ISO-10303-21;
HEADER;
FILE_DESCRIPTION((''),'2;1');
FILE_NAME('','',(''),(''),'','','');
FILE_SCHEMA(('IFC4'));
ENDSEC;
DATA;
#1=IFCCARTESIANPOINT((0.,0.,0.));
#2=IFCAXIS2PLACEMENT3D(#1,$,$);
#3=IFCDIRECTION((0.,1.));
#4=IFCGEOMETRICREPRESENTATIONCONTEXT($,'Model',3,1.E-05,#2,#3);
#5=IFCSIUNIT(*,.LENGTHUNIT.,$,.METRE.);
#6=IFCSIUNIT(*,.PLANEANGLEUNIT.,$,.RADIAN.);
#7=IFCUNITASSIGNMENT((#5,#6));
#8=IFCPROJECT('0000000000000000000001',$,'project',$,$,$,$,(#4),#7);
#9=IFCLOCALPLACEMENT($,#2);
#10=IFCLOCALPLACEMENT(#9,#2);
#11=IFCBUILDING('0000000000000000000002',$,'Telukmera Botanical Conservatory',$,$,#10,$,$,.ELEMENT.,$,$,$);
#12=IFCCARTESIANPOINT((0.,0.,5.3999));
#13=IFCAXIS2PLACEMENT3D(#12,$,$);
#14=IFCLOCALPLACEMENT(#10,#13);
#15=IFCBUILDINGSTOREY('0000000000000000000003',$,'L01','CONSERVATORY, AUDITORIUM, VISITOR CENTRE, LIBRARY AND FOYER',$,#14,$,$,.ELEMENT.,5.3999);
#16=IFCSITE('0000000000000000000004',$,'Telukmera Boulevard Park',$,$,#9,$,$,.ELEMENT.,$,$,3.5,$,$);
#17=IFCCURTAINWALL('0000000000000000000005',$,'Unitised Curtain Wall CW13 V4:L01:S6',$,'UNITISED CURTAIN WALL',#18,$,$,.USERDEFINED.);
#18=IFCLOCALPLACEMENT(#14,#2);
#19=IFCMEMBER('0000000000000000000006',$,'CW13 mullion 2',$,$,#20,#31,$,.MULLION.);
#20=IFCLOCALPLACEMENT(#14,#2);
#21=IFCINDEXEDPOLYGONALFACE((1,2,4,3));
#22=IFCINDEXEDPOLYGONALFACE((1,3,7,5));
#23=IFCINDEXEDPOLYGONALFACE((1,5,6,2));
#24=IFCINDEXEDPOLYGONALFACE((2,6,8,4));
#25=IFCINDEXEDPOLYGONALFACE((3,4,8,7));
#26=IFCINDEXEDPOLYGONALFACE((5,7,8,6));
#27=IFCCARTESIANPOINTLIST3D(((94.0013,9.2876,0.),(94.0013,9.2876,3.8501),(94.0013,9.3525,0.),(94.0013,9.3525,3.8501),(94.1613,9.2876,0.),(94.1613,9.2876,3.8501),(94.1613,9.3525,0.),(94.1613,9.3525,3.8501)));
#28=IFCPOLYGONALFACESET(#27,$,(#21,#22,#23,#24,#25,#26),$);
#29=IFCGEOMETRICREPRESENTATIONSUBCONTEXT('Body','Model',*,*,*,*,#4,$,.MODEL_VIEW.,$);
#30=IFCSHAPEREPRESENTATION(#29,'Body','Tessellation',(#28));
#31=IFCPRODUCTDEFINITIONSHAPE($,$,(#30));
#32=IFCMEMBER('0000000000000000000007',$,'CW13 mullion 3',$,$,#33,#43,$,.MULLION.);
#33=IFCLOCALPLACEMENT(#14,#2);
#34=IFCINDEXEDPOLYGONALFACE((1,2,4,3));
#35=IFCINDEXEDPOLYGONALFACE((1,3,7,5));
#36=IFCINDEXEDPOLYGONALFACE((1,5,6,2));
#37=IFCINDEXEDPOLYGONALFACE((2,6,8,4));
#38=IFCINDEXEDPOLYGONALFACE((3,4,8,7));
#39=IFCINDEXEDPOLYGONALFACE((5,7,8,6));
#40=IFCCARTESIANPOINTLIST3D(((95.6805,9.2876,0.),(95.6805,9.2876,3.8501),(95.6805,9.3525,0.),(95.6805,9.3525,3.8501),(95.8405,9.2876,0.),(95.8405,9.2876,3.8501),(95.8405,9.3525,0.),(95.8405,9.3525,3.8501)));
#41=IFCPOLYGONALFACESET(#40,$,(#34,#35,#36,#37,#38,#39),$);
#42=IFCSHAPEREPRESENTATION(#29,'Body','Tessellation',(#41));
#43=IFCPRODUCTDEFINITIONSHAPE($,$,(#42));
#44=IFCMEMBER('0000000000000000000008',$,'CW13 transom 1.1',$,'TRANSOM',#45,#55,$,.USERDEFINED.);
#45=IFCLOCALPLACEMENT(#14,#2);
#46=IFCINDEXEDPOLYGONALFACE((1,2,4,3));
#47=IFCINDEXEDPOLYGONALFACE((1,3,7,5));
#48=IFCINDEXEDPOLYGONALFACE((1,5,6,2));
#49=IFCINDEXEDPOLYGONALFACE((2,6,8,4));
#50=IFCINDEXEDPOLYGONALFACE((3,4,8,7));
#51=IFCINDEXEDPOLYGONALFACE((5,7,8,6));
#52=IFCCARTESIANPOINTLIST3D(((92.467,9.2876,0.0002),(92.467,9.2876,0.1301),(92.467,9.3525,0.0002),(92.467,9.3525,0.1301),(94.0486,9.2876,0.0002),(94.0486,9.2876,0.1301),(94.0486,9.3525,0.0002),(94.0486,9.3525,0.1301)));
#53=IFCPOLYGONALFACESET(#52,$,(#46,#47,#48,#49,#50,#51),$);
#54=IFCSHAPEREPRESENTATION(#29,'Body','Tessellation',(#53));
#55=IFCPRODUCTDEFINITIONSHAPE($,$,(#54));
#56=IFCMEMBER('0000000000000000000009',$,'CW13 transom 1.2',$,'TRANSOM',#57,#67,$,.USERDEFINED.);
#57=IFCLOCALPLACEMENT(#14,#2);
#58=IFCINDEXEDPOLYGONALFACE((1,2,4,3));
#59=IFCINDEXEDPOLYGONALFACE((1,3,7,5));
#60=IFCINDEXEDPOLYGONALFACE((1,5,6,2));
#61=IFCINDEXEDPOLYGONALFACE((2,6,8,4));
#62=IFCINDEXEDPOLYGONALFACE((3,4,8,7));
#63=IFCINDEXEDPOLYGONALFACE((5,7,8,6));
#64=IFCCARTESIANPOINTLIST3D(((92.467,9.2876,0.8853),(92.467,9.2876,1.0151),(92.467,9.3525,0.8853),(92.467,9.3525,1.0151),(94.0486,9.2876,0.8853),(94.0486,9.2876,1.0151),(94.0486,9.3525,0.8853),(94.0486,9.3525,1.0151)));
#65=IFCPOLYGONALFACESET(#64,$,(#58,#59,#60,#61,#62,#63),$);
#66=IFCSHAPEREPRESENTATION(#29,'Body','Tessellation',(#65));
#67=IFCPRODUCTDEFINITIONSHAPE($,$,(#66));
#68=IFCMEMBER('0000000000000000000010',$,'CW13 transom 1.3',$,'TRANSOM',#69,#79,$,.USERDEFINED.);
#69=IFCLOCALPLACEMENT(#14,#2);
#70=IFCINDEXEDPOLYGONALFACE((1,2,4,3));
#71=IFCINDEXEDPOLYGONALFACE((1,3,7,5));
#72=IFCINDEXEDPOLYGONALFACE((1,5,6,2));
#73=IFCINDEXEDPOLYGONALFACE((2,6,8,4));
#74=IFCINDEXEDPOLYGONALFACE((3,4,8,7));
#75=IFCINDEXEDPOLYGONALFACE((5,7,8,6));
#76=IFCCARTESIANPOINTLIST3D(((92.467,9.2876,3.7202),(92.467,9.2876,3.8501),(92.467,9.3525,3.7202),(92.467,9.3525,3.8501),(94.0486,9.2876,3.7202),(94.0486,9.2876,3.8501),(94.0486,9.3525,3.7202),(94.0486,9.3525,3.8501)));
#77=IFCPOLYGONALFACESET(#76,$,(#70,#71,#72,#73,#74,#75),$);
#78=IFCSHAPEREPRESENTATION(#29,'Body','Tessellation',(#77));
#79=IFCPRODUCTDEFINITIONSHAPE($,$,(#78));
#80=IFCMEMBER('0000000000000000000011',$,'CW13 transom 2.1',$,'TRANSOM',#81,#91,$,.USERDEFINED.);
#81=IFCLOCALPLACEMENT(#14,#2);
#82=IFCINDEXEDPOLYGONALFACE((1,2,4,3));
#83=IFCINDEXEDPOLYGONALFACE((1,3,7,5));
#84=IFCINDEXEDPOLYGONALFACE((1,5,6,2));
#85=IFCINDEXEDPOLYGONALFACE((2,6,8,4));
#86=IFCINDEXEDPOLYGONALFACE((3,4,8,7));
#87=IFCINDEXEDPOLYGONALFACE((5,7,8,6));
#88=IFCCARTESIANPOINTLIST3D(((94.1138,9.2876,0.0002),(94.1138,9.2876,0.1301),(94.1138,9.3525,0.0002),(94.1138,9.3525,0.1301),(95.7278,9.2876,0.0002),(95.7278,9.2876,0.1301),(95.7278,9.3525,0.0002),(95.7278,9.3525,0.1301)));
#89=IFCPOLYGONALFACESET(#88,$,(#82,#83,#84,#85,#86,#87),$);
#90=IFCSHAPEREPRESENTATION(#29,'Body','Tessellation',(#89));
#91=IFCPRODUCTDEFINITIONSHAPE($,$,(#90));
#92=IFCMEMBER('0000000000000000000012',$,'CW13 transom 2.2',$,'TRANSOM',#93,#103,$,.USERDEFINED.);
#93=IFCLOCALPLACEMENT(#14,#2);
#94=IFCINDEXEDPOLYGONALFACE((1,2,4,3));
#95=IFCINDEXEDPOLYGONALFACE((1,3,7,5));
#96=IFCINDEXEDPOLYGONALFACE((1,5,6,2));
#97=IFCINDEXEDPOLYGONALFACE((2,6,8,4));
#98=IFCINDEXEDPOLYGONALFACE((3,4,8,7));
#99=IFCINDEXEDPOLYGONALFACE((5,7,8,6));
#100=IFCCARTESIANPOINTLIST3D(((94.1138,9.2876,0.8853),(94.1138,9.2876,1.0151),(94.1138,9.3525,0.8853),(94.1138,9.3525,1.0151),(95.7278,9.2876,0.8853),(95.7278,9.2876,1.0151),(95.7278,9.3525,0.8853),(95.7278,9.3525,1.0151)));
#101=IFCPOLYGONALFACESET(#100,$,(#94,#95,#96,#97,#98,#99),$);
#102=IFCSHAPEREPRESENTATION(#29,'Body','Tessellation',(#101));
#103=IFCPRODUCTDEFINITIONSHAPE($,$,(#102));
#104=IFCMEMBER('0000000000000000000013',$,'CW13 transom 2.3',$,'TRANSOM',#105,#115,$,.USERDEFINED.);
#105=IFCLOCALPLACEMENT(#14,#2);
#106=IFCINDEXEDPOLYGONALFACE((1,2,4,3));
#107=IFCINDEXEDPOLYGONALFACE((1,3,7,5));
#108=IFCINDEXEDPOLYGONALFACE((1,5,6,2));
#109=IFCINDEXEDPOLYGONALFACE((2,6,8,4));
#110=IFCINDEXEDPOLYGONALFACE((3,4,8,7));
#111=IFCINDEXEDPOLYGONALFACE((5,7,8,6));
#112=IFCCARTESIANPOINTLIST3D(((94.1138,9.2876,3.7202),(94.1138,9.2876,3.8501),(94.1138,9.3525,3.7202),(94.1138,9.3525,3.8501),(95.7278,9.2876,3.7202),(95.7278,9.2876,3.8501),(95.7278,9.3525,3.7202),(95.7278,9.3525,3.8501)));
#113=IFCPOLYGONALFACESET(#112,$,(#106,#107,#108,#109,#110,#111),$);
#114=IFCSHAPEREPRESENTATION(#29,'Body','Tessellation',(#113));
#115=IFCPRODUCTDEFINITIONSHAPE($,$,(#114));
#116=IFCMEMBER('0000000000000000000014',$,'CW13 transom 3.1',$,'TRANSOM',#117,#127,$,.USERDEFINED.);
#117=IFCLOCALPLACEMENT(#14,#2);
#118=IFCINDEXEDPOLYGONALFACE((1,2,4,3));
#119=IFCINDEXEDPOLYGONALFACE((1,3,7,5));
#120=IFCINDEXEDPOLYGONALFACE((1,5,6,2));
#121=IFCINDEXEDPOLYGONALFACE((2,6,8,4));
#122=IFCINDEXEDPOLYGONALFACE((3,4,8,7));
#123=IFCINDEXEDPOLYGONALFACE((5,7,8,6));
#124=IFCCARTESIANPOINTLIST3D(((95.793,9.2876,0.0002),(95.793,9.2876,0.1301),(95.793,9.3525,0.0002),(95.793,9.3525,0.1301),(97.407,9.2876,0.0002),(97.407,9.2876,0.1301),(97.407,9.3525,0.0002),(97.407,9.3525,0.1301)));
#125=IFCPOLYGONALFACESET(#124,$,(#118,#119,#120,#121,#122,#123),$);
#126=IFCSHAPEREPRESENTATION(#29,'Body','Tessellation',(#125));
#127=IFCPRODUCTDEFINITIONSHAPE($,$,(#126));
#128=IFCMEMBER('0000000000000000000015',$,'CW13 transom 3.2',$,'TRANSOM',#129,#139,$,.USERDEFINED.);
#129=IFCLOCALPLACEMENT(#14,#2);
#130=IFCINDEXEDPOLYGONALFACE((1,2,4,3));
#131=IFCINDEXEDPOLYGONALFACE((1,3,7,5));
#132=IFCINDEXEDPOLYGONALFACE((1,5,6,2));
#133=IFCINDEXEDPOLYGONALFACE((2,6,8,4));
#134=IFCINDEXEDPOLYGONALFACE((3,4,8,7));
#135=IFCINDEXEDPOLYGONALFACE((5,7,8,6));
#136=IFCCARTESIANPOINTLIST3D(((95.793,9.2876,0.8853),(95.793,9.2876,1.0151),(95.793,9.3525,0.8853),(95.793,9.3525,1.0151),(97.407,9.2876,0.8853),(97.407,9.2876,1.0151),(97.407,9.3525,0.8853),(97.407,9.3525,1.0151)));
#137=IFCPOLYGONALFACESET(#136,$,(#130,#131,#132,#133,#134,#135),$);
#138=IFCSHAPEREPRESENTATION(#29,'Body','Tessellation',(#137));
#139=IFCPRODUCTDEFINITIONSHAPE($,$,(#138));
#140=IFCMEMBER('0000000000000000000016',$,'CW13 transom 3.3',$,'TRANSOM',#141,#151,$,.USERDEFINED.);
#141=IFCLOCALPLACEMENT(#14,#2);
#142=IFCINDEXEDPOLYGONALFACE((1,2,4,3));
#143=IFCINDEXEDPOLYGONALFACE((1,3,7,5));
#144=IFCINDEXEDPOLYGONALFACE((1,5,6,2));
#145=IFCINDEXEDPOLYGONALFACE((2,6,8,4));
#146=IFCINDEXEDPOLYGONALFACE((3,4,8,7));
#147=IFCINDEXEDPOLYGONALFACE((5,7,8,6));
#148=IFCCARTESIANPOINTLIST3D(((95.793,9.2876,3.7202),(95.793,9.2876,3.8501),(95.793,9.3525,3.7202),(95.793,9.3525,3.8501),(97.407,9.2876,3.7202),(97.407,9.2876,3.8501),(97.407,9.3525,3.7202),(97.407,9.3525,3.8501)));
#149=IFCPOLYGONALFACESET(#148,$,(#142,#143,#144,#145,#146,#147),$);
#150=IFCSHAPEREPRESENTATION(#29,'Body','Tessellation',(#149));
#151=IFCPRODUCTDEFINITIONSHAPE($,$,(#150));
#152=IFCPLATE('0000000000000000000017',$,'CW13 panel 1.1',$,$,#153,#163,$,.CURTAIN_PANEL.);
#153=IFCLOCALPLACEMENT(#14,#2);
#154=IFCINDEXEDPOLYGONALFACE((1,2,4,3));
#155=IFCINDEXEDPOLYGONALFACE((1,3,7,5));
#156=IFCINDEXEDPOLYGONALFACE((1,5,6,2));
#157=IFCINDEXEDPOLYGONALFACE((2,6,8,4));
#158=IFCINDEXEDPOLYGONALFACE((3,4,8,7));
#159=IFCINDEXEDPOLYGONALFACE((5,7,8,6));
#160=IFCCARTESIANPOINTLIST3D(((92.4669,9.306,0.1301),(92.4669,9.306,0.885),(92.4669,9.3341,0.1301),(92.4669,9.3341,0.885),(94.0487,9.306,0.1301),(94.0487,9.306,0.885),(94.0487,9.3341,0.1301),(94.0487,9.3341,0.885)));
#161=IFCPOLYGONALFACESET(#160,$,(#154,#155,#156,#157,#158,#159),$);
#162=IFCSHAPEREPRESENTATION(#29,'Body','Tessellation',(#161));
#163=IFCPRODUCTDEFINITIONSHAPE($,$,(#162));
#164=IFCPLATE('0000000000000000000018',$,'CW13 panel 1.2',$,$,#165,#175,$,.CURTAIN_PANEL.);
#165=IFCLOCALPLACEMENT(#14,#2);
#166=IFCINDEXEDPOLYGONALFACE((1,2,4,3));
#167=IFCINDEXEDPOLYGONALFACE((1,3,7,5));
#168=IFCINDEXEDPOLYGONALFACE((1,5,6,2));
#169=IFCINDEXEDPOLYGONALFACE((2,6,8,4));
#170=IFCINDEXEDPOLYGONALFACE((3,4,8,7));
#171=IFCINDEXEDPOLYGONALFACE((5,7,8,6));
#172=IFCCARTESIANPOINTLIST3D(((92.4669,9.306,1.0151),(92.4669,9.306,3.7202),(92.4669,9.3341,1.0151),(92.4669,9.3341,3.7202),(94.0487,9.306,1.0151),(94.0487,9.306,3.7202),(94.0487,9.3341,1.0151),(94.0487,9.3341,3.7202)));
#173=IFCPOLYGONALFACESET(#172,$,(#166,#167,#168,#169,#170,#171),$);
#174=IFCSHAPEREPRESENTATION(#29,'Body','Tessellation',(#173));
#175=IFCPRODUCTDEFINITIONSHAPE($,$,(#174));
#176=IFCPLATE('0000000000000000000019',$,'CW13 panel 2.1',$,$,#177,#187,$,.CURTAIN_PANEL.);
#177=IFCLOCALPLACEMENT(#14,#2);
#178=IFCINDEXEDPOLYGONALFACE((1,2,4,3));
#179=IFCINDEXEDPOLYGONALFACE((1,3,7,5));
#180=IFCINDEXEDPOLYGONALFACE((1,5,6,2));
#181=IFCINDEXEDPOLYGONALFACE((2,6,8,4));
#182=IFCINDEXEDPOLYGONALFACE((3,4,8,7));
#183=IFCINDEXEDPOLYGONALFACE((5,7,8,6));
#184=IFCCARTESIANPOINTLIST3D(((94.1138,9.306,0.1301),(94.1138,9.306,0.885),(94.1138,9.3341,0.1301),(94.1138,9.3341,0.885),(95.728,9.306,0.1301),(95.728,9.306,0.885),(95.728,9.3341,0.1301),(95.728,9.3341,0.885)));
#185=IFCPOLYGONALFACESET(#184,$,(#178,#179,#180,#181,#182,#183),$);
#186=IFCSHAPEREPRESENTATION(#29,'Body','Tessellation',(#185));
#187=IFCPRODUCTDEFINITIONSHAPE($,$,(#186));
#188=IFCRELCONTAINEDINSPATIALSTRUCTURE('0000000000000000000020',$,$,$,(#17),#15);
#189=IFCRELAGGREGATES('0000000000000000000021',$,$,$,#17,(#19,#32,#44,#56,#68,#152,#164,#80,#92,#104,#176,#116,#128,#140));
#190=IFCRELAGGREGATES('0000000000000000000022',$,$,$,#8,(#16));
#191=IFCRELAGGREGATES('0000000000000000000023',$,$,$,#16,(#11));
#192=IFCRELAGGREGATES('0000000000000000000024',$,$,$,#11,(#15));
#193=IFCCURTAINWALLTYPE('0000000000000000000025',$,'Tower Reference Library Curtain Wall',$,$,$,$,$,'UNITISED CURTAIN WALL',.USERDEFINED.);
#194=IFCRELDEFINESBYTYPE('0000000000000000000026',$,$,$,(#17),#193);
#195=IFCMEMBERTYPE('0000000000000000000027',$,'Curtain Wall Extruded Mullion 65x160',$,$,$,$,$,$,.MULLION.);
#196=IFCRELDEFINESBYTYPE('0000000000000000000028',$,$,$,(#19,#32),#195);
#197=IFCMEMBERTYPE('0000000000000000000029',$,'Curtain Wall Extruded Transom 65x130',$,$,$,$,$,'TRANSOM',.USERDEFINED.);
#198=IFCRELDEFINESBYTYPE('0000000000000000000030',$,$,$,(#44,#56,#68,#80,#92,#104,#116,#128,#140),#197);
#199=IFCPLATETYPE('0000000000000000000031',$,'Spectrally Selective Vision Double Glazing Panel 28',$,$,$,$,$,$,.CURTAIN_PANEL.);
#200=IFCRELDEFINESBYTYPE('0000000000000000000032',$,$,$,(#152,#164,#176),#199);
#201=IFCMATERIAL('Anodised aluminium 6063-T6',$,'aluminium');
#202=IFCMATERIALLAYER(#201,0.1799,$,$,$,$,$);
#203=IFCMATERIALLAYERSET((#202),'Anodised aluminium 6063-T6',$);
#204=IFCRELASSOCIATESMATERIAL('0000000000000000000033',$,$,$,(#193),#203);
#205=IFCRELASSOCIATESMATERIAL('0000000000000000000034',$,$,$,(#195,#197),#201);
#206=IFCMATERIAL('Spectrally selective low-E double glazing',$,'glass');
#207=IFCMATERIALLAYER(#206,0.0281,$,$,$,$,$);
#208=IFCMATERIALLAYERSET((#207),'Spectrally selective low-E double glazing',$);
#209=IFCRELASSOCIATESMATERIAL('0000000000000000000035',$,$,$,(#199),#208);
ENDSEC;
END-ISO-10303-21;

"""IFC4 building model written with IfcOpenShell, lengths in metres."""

from ifc_helpers import new_model, si_unit, direction, frame, origin, origin_2d, place, context, subcontext, project, spatial, rectangle, extrude, material, layer, layer_set, material_profile, profile_set, type_object, element, aggregate, save


model = new_model("IFC4")

# Units and contexts
model_context = context("Model", 3, precision=1e-05, world=origin(), true_north=direction((0.0, 1.0)))
body_context = subcontext(model_context, "Body", "Model", "MODEL_VIEW")
ifc_project = project(units=[si_unit("LENGTHUNIT", "METRE"), si_unit("PLANEANGLEUNIT", "RADIAN")], contexts=[model_context])

# Site, building, storey
site_placement = place(None, origin())
site = spatial("IfcSite", under=ifc_project, at=site_placement, Name="Telukmera Boulevard Park", CompositionType="ELEMENT", RefElevation=3.5)
building_placement = place(site_placement, origin())
building = spatial("IfcBuilding", under=site, at=building_placement, Name="Telukmera Botanical Conservatory", CompositionType="ELEMENT")
storey_placement = place(building_placement, frame((0.0, 0.0, 5.3999)))
storey = spatial("IfcBuildingStorey", under=building, at=storey_placement, Name="L01", Description="CONSERVATORY, AUDITORIUM, VISITOR CENTRE, LIBRARY AND FOYER", CompositionType="ELEMENT", Elevation=5.3999)

# Curtain wall, members, plates
ifc_material_1 = material(Name="Anodised aluminium 6063-T6", Category="aluminium")
ifc_layer_1 = layer(ifc_material_1, 0.1799)
ifc_layer_set_1 = layer_set([ifc_layer_1], Name="Anodised aluminium 6063-T6")
curtain_wall_type = type_object("IfcCurtainWallType", Name="Tower Reference Library Curtain Wall", ElementType="UNITISED CURTAIN WALL", PredefinedType="USERDEFINED", material=ifc_layer_set_1)
curtain_wall_placement = place(storey_placement, origin())
curtain_wall = element("IfcCurtainWall", 1, at=curtain_wall_placement, inside=storey, type_object=curtain_wall_type, Name="Unitised Curtain Wall CW13 V4:L01:S6", ObjectType="UNITISED CURTAIN WALL", PredefinedType="USERDEFINED")
ifc_material_profile_1 = material_profile(ifc_material_1, rectangle(XDim=0.0649, YDim=0.1599, at=origin_2d()), Name="ALU MULL 65x160")
ifc_profile_set_1 = profile_set([ifc_material_profile_1], Name="Anodised aluminium 6063-T6")
member_type_1 = type_object("IfcMemberType", Name="Curtain Wall Extruded Mullion 65x160", PredefinedType="MULLION", material=ifc_profile_set_1)
member_1_placement = place(storey_placement, frame((94.0813, 9.3201, 0.0), z_axis=(0.0, 0.0, 1.0), x_axis=(0.0, 1.0, 0.0)))
member_1 = element("IfcMember", 2, at=member_1_placement, type_object=member_type_1, Name="CW13 mullion 2", PredefinedType="MULLION", context=body_context, shape_type="SweptSolid", body=[
    extrude(rectangle(XDim=0.0649, YDim=0.1599, at=origin_2d()), origin(), (0.0, 0.0, 1.0), 3.8501),
])
member_2_placement = place(storey_placement, frame((95.7605, 9.3201, 0.0), z_axis=(0.0, 0.0, 1.0), x_axis=(0.0, 1.0, 0.0)))
member_2 = element("IfcMember", 3, at=member_2_placement, type_object=member_type_1, Name="CW13 mullion 3", PredefinedType="MULLION", context=body_context, shape_type="SweptSolid", body=[
    extrude(rectangle(XDim=0.0649, YDim=0.1599, at=origin_2d()), origin(), (0.0, 0.0, 1.0), 3.8501),
])
ifc_material_profile_2 = material_profile(ifc_material_1, rectangle(XDim=0.0649, YDim=0.1299, at=origin_2d()), Name="ALU TRAN 65x130")
ifc_profile_set_2 = profile_set([ifc_material_profile_2], Name="Anodised aluminium 6063-T6")
member_type_2 = type_object("IfcMemberType", Name="Curtain Wall Extruded Transom 65x130", ElementType="TRANSOM", PredefinedType="USERDEFINED", material=ifc_profile_set_2)
member_3_placement = place(storey_placement, frame((92.467, 9.3201, 0.0652), z_axis=(1.0, 0.0, 0.0), x_axis=(0.0, 1.0, 0.0)))
member_3 = element("IfcMember", 4, at=member_3_placement, type_object=member_type_2, Name="CW13 transom 1.1", ObjectType="TRANSOM", PredefinedType="USERDEFINED", context=body_context, shape_type="SweptSolid", body=[
    extrude(rectangle(XDim=0.0649, YDim=0.1299, at=origin_2d()), origin(), (0.0, 0.0, 1.0), 1.5815),
])
member_4_placement = place(storey_placement, frame((92.467, 9.3201, 0.9502), z_axis=(1.0, 0.0, 0.0), x_axis=(0.0, 1.0, 0.0)))
member_4 = element("IfcMember", 5, at=member_4_placement, type_object=member_type_2, Name="CW13 transom 1.2", ObjectType="TRANSOM", PredefinedType="USERDEFINED", context=body_context, shape_type="SweptSolid", body=[
    extrude(rectangle(XDim=0.0649, YDim=0.1299, at=origin_2d()), origin(), (0.0, 0.0, 1.0), 1.5815),
])
member_5_placement = place(storey_placement, frame((92.467, 9.3201, 3.7852), z_axis=(1.0, 0.0, 0.0), x_axis=(0.0, 1.0, 0.0)))
member_5 = element("IfcMember", 6, at=member_5_placement, type_object=member_type_2, Name="CW13 transom 1.3", ObjectType="TRANSOM", PredefinedType="USERDEFINED", context=body_context, shape_type="SweptSolid", body=[
    extrude(rectangle(XDim=0.0649, YDim=0.1299, at=origin_2d()), origin(), (0.0, 0.0, 1.0), 1.5815),
])
member_6_placement = place(storey_placement, frame((94.1138, 9.3201, 0.0652), z_axis=(1.0, 0.0, 0.0), x_axis=(0.0, 1.0, 0.0)))
member_6 = element("IfcMember", 7, at=member_6_placement, type_object=member_type_2, Name="CW13 transom 2.1", ObjectType="TRANSOM", PredefinedType="USERDEFINED", context=body_context, shape_type="SweptSolid", body=[
    extrude(rectangle(XDim=0.0649, YDim=0.1299, at=origin_2d()), origin(), (0.0, 0.0, 1.0), 1.614),
])
member_7_placement = place(storey_placement, frame((94.1138, 9.3201, 0.9502), z_axis=(1.0, 0.0, 0.0), x_axis=(0.0, 1.0, 0.0)))
member_7 = element("IfcMember", 8, at=member_7_placement, type_object=member_type_2, Name="CW13 transom 2.2", ObjectType="TRANSOM", PredefinedType="USERDEFINED", context=body_context, shape_type="SweptSolid", body=[
    extrude(rectangle(XDim=0.0649, YDim=0.1299, at=origin_2d()), origin(), (0.0, 0.0, 1.0), 1.614),
])
member_8_placement = place(storey_placement, frame((94.1138, 9.3201, 3.7852), z_axis=(1.0, 0.0, 0.0), x_axis=(0.0, 1.0, 0.0)))
member_8 = element("IfcMember", 9, at=member_8_placement, type_object=member_type_2, Name="CW13 transom 2.3", ObjectType="TRANSOM", PredefinedType="USERDEFINED", context=body_context, shape_type="SweptSolid", body=[
    extrude(rectangle(XDim=0.0649, YDim=0.1299, at=origin_2d()), origin(), (0.0, 0.0, 1.0), 1.614),
])
member_9_placement = place(storey_placement, frame((95.793, 9.3201, 0.0652), z_axis=(1.0, 0.0, 0.0), x_axis=(0.0, 1.0, 0.0)))
member_9 = element("IfcMember", 10, at=member_9_placement, type_object=member_type_2, Name="CW13 transom 3.1", ObjectType="TRANSOM", PredefinedType="USERDEFINED", context=body_context, shape_type="SweptSolid", body=[
    extrude(rectangle(XDim=0.0649, YDim=0.1299, at=origin_2d()), origin(), (0.0, 0.0, 1.0), 1.614),
])
member_10_placement = place(storey_placement, frame((95.793, 9.3201, 0.9502), z_axis=(1.0, 0.0, 0.0), x_axis=(0.0, 1.0, 0.0)))
member_10 = element("IfcMember", 11, at=member_10_placement, type_object=member_type_2, Name="CW13 transom 3.2", ObjectType="TRANSOM", PredefinedType="USERDEFINED", context=body_context, shape_type="SweptSolid", body=[
    extrude(rectangle(XDim=0.0649, YDim=0.1299, at=origin_2d()), origin(), (0.0, 0.0, 1.0), 1.614),
])
member_11_placement = place(storey_placement, frame((95.793, 9.3201, 3.7852), z_axis=(1.0, 0.0, 0.0), x_axis=(0.0, 1.0, 0.0)))
member_11 = element("IfcMember", 12, at=member_11_placement, type_object=member_type_2, Name="CW13 transom 3.3", ObjectType="TRANSOM", PredefinedType="USERDEFINED", context=body_context, shape_type="SweptSolid", body=[
    extrude(rectangle(XDim=0.0649, YDim=0.1299, at=origin_2d()), origin(), (0.0, 0.0, 1.0), 1.614),
])
ifc_material_2 = material(Name="Spectrally selective low-E double glazing", Category="glass")
ifc_layer_2 = layer(ifc_material_2, 0.0281)
ifc_layer_set_2 = layer_set([ifc_layer_2], Name="Spectrally selective low-E double glazing")
plate_type = type_object("IfcPlateType", Name="Spectrally Selective Vision Double Glazing Panel 28", PredefinedType="CURTAIN_PANEL", material=ifc_layer_set_2)
plate_1_placement = place(storey_placement, frame((93.2578, 9.3201, 0.1301), z_axis=(0.0, 0.0, 1.0), x_axis=(1.0, 0.0, 0.0)))
plate_1 = element("IfcPlate", 13, at=plate_1_placement, type_object=plate_type, Name="CW13 panel 1.1", PredefinedType="CURTAIN_PANEL", context=body_context, shape_type="SweptSolid", body=[
    extrude(rectangle(XDim=1.5818, YDim=0.0281, at=origin_2d()), origin(), (0.0, 0.0, 1.0), 0.7549),
])
plate_2_placement = place(storey_placement, frame((93.2578, 9.3201, 1.0151), z_axis=(0.0, 0.0, 1.0), x_axis=(1.0, 0.0, 0.0)))
plate_2 = element("IfcPlate", 14, at=plate_2_placement, type_object=plate_type, Name="CW13 panel 1.2", PredefinedType="CURTAIN_PANEL", context=body_context, shape_type="SweptSolid", body=[
    extrude(rectangle(XDim=1.5818, YDim=0.0281, at=origin_2d()), origin(), (0.0, 0.0, 1.0), 2.7051),
])
plate_3_placement = place(storey_placement, frame((94.9209, 9.3201, 0.1301), z_axis=(0.0, 0.0, 1.0), x_axis=(1.0, 0.0, 0.0)))
plate_3 = element("IfcPlate", 15, at=plate_3_placement, type_object=plate_type, Name="CW13 panel 2.1", PredefinedType="CURTAIN_PANEL", context=body_context, shape_type="SweptSolid", body=[
    extrude(rectangle(XDim=1.6143, YDim=0.0281, at=origin_2d()), origin(), (0.0, 0.0, 1.0), 0.7549),
])
aggregate(curtain_wall, [member_1, member_2, member_3, member_4, member_5, plate_1, plate_2, member_6, member_7, member_8, plate_3, member_9, member_10, member_11])

save(model, "model.ifc")
